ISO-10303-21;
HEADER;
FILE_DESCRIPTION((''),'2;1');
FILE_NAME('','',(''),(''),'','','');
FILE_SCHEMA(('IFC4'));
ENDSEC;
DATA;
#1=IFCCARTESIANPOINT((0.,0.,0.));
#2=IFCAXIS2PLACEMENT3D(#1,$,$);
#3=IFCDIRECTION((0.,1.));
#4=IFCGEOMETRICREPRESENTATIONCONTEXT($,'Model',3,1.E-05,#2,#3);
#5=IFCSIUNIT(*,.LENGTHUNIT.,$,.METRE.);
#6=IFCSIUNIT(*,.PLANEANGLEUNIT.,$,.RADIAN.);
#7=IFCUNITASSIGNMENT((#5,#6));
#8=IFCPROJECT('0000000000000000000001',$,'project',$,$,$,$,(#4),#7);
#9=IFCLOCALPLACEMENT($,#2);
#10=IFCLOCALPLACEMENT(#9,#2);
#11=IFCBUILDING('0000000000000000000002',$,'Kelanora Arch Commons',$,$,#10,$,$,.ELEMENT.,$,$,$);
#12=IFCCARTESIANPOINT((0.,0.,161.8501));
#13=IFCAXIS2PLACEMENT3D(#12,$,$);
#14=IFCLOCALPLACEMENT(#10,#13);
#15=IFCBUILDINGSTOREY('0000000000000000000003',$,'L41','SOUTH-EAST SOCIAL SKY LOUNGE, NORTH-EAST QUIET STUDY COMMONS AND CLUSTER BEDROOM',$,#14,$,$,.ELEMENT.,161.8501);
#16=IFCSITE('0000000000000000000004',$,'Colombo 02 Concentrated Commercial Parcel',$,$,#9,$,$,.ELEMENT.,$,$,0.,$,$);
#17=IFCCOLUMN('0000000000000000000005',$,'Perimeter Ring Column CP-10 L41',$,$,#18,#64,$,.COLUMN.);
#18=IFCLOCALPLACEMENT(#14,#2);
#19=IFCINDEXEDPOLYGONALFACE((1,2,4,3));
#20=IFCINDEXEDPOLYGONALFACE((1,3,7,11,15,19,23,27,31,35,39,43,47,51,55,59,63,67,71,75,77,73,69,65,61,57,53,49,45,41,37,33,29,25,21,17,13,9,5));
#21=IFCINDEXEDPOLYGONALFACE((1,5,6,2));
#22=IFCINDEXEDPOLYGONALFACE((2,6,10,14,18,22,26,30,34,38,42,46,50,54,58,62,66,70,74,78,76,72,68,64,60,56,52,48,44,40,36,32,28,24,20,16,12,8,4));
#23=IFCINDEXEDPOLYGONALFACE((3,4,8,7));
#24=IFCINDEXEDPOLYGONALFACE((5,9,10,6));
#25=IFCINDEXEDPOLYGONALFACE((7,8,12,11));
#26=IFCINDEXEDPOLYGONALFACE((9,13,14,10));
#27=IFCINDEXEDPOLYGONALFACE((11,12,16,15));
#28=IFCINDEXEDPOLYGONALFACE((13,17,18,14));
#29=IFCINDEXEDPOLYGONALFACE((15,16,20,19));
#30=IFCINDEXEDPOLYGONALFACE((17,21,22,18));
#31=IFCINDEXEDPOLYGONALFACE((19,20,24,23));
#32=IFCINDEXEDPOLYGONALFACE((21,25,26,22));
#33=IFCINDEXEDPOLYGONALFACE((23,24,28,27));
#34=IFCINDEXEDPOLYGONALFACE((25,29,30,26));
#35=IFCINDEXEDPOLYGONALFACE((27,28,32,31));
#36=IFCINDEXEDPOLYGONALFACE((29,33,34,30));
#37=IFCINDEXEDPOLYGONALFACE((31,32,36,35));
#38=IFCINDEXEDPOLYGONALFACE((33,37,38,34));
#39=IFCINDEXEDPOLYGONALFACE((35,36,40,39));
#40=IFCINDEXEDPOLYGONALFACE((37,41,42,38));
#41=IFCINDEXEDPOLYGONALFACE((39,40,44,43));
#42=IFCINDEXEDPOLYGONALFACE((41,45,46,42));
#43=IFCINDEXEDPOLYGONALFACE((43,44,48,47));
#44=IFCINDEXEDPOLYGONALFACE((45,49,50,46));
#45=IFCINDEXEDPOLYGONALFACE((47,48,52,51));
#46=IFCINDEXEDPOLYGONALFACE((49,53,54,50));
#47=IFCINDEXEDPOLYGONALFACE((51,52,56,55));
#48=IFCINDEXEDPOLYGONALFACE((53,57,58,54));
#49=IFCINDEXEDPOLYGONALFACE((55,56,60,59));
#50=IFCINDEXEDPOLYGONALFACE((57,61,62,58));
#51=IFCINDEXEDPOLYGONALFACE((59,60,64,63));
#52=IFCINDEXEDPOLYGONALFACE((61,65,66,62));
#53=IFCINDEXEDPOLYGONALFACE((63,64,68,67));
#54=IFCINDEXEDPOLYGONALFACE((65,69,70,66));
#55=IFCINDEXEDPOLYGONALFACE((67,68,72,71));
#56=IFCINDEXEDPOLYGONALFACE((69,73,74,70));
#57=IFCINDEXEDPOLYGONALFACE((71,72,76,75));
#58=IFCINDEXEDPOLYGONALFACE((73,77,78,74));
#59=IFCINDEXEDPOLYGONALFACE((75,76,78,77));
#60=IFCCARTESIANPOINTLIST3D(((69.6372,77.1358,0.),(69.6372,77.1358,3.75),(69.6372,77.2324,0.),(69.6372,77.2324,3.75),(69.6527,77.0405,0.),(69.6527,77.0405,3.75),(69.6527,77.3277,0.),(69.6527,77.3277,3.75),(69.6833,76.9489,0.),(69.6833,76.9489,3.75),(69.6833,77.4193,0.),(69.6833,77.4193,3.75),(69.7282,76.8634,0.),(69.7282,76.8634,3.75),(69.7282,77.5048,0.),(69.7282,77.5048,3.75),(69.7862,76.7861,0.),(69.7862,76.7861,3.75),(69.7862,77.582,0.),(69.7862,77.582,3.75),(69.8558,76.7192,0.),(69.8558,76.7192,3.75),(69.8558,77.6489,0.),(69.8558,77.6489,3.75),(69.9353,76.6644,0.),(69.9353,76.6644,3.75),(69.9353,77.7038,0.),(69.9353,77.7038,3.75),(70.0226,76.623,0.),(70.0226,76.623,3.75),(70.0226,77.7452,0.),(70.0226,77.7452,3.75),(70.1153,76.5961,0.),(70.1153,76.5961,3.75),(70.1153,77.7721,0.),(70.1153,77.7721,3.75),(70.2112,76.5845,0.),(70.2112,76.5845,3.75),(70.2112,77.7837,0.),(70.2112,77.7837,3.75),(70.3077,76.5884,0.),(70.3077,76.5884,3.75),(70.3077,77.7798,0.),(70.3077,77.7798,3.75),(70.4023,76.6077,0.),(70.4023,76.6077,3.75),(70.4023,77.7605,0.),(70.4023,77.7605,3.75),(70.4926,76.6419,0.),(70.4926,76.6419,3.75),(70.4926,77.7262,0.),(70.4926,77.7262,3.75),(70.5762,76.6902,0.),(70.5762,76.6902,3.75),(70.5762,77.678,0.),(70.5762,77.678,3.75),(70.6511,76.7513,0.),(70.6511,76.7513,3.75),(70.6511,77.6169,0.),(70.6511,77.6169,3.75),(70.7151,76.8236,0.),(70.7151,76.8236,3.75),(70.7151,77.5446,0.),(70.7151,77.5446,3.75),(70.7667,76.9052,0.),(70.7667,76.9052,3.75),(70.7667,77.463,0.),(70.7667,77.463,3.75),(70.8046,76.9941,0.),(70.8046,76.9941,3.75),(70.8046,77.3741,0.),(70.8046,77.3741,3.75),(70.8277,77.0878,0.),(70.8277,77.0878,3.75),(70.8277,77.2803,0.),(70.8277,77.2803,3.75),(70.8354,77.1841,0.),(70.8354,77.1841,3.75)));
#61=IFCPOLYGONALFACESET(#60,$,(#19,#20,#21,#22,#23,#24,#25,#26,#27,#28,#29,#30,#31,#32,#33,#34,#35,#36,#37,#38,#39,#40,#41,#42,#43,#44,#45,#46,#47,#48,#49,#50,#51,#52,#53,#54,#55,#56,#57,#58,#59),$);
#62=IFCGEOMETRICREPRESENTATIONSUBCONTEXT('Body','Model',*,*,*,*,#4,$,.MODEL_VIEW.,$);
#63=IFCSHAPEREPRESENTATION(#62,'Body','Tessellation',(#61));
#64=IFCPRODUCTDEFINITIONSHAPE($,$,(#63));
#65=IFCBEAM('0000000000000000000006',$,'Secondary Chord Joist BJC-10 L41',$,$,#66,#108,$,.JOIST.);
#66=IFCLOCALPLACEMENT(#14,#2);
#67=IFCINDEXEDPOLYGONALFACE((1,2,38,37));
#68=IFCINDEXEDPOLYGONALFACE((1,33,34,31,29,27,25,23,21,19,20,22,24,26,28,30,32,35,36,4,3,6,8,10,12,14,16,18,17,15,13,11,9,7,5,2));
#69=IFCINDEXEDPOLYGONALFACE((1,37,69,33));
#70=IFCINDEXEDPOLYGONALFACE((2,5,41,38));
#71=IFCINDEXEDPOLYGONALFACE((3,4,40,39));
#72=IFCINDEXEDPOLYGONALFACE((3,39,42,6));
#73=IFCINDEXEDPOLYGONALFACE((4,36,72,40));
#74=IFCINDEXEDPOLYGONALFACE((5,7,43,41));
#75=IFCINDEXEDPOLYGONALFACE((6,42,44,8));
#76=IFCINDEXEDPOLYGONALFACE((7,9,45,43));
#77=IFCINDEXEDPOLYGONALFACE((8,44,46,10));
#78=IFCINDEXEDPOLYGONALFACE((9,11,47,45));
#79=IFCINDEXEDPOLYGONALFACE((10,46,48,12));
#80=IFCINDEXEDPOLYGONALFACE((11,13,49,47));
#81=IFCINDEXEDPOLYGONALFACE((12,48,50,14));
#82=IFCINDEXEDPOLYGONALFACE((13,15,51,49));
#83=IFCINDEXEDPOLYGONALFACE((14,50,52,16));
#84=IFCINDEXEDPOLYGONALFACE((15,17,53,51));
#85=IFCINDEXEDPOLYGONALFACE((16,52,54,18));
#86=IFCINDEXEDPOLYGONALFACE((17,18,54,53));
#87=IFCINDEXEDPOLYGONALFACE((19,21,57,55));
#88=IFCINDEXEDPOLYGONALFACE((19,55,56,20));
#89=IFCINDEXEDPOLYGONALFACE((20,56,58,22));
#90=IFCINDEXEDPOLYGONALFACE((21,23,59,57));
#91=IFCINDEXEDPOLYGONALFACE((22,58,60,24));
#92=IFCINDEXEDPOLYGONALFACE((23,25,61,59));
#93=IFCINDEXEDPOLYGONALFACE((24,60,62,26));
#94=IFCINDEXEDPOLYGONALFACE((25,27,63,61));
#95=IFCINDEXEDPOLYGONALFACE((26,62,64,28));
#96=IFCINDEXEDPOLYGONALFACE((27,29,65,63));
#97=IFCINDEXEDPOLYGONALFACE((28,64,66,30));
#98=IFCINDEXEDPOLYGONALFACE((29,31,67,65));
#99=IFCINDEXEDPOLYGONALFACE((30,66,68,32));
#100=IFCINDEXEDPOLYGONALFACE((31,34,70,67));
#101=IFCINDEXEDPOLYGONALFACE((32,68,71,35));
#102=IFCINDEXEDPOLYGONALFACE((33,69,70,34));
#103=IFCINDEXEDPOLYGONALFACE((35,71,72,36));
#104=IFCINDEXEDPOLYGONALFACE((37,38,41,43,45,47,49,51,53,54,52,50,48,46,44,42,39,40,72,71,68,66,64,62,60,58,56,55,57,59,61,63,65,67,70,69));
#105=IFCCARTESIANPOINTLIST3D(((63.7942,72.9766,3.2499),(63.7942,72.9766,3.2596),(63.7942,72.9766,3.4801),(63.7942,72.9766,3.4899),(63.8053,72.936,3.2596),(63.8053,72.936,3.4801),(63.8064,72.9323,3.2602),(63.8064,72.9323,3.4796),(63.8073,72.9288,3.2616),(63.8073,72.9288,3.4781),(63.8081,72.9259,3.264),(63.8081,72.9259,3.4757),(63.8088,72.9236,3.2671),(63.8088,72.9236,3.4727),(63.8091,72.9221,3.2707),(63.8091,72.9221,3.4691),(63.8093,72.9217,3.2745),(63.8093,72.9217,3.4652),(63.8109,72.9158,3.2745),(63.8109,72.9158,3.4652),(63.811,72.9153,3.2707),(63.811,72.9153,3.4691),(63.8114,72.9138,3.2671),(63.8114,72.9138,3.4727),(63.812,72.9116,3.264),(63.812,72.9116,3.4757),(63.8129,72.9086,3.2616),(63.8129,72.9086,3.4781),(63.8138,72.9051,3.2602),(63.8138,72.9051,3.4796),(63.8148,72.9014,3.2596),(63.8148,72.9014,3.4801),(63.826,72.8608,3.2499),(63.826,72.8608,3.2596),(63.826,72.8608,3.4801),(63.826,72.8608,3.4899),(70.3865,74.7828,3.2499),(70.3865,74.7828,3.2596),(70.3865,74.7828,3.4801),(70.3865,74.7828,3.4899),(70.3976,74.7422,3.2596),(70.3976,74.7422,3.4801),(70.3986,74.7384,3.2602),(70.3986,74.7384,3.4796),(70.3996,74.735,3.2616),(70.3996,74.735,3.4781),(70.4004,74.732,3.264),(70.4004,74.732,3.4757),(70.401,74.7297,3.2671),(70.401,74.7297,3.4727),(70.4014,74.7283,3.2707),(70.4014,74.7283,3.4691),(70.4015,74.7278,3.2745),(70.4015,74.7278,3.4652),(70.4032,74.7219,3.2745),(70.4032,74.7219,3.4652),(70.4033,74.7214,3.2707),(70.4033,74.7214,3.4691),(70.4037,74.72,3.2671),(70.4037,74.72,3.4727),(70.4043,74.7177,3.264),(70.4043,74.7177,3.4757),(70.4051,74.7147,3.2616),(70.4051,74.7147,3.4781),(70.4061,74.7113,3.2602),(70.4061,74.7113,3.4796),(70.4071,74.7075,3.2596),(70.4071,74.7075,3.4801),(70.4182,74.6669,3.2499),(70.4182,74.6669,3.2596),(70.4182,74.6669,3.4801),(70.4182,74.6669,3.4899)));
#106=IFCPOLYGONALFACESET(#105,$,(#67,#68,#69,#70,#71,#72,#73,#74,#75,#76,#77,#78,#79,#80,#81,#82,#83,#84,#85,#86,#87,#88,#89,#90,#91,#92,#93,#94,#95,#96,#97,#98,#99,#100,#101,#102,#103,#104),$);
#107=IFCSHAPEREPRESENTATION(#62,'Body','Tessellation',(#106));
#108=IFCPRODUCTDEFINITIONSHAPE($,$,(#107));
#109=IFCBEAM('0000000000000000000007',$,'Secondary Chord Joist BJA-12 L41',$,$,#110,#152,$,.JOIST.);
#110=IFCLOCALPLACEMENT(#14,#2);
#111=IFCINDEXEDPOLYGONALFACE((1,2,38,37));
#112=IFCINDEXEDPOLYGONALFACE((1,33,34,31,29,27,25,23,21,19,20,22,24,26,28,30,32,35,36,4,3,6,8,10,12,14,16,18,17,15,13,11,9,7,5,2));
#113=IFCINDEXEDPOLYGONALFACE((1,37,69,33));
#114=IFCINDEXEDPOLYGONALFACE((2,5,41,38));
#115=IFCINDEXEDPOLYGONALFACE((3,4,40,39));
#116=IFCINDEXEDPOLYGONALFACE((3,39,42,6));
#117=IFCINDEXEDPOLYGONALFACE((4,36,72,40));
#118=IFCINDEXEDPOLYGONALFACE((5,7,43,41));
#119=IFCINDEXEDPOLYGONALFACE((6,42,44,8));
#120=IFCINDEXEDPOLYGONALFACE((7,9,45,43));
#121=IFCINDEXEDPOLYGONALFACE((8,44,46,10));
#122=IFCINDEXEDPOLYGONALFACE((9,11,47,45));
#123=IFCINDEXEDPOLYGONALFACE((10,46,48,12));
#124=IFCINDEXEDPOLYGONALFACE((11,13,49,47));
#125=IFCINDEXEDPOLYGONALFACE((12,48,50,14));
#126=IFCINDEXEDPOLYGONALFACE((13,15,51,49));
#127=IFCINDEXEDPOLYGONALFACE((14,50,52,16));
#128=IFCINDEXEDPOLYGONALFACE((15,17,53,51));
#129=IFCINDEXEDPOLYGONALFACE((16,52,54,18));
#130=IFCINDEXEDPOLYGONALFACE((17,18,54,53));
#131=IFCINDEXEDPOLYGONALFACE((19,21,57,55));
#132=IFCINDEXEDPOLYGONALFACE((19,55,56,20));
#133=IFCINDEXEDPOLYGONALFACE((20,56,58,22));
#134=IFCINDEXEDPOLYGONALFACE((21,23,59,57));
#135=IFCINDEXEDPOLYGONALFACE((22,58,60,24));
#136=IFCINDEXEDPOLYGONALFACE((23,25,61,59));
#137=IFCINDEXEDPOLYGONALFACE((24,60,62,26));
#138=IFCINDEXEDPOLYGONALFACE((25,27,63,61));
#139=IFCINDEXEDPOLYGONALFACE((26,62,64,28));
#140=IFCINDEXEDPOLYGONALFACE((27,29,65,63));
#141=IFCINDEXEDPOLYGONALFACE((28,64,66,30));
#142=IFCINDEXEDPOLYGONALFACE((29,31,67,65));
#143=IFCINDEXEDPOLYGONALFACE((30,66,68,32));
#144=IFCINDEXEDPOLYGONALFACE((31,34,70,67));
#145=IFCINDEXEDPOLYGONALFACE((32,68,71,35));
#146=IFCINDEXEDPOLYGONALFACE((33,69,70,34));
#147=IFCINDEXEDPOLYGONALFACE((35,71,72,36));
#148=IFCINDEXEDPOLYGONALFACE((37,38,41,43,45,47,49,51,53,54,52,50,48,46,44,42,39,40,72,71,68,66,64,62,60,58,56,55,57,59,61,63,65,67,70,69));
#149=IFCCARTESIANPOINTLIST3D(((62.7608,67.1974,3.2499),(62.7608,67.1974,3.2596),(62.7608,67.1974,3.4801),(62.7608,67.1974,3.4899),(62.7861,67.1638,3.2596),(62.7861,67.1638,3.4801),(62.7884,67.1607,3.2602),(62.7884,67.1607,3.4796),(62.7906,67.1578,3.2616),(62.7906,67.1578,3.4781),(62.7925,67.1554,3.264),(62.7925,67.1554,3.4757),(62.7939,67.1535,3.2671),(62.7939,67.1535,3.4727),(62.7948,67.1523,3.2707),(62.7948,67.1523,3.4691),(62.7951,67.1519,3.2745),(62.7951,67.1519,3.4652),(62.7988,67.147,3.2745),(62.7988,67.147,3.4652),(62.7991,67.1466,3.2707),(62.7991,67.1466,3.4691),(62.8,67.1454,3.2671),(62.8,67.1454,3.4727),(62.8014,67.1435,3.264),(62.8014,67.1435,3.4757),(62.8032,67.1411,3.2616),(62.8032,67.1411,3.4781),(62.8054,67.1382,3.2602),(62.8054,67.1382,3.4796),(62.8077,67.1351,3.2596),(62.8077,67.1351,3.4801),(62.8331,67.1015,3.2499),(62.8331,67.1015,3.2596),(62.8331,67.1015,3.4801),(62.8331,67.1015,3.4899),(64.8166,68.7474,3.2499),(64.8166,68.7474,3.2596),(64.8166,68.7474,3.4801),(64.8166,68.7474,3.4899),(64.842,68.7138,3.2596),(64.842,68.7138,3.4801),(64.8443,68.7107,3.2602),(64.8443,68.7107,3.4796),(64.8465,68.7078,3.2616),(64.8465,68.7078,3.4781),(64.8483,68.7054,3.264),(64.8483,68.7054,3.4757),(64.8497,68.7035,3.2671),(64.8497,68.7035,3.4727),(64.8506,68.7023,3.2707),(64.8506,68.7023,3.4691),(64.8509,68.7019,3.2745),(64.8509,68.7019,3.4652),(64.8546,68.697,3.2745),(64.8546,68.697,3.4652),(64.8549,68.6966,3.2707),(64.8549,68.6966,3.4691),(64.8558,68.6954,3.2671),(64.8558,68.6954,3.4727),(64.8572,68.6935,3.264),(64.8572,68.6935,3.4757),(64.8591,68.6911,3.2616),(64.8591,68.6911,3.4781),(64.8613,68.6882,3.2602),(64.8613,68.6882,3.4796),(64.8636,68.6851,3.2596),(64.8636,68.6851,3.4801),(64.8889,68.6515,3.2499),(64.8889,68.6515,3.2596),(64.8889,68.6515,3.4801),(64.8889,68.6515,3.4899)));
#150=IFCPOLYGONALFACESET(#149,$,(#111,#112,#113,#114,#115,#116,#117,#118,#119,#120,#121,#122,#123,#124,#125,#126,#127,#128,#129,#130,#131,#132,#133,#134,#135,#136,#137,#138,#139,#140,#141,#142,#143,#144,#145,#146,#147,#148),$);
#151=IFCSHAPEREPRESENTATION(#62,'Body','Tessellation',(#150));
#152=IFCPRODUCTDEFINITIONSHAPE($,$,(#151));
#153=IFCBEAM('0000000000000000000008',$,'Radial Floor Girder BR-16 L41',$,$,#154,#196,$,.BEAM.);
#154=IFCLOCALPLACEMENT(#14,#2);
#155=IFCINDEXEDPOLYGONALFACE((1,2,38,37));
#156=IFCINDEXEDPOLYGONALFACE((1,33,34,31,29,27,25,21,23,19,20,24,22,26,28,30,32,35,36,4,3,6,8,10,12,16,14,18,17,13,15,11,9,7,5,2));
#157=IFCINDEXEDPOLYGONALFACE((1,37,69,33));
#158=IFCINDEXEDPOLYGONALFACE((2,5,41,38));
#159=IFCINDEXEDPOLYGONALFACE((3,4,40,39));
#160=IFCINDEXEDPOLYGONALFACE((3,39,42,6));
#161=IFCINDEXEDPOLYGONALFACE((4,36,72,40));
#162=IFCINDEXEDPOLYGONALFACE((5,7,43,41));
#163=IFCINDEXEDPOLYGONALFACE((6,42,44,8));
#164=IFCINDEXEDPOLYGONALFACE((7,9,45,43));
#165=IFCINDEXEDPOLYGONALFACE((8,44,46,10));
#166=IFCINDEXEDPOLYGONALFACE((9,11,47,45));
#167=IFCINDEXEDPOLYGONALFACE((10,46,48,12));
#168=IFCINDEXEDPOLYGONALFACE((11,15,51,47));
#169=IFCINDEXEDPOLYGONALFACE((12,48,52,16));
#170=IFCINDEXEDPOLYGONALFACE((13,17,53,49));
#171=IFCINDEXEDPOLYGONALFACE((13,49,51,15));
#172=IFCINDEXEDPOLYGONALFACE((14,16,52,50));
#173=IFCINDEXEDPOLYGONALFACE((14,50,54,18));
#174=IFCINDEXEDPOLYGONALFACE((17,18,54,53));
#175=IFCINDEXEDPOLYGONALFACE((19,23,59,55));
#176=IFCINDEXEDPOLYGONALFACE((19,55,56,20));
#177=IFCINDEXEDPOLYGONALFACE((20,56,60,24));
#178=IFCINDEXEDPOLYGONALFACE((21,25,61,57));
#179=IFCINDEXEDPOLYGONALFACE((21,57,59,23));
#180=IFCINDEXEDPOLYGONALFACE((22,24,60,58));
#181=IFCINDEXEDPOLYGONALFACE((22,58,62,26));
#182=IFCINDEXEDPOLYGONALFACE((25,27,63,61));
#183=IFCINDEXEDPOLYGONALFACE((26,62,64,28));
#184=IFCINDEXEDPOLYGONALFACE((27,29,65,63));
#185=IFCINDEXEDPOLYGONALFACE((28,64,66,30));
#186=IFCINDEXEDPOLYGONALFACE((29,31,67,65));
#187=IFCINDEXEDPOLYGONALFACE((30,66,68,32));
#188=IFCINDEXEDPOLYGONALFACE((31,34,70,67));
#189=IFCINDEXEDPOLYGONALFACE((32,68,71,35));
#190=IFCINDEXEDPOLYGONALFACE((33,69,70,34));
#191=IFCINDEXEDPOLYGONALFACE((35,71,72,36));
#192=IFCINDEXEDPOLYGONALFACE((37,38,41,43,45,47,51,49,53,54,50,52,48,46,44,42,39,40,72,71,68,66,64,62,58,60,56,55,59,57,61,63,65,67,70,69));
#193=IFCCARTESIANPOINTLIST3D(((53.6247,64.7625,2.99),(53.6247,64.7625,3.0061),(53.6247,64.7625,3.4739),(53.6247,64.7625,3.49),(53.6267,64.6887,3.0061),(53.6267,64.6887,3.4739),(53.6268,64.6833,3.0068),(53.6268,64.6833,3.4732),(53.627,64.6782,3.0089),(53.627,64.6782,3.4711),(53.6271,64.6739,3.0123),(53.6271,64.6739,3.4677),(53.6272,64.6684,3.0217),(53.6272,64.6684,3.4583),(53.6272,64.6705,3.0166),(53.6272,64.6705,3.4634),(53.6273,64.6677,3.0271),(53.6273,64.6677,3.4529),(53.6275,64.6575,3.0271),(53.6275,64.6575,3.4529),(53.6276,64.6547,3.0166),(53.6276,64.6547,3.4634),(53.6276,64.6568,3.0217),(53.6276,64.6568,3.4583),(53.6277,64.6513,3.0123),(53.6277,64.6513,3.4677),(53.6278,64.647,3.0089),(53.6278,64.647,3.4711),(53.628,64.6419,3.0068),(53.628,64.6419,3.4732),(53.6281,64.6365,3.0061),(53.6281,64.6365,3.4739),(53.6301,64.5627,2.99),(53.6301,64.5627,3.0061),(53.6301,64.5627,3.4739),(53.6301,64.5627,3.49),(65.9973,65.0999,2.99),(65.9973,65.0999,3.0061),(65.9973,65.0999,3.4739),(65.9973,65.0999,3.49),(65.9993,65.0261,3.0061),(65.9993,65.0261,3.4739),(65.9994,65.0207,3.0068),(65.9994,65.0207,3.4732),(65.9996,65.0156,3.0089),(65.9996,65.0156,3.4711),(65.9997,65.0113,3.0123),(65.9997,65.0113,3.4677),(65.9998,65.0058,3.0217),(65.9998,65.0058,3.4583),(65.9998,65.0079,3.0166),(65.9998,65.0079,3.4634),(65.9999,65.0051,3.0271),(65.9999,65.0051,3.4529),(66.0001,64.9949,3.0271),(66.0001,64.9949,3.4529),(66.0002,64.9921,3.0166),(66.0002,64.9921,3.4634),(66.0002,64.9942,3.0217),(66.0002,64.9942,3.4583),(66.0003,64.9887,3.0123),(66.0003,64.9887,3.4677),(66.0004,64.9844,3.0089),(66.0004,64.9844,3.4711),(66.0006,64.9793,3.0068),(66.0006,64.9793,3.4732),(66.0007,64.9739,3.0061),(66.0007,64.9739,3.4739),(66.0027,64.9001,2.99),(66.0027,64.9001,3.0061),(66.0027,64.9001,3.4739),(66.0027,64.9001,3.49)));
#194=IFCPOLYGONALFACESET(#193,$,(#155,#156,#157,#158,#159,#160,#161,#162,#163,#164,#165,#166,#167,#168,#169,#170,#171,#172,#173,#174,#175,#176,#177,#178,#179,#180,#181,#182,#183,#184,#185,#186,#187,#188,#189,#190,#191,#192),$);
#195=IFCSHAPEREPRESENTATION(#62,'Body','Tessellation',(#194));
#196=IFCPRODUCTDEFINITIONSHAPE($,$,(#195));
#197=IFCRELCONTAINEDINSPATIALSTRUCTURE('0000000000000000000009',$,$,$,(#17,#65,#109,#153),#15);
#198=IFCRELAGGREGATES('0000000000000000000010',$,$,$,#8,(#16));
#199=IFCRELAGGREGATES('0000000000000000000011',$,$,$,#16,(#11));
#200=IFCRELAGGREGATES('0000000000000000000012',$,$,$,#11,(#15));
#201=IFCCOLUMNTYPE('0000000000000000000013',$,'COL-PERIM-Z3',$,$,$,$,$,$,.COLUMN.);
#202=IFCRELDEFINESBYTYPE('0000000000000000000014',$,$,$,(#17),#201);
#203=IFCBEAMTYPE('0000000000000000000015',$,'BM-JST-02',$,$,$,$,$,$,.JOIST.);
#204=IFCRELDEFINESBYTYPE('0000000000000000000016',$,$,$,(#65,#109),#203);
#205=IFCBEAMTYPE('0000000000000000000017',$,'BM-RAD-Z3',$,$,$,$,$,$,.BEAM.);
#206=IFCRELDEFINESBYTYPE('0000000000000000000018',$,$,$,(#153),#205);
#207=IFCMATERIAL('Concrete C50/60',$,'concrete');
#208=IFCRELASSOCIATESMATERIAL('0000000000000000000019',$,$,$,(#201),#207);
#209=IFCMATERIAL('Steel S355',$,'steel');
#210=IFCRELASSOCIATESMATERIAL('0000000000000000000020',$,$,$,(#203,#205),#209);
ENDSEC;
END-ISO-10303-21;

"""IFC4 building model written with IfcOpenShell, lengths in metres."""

from ifc_helpers import new_model, si_unit, direction, frame, origin, origin_2d, place, context, subcontext, project, spatial, circle, i_section, extrude, material, material_profile, profile_set, type_object, element, save


model = new_model("IFC4")

# Units and contexts
model_context = context("Model", 3, precision=1e-05, world=origin(), true_north=direction((0.0, 1.0)))
body_context = subcontext(model_context, "Body", "Model", "MODEL_VIEW")
ifc_project = project(units=[si_unit("LENGTHUNIT", "METRE"), si_unit("PLANEANGLEUNIT", "RADIAN")], contexts=[model_context])

# Site, building, storey
site_placement = place(None, origin())
site = spatial("IfcSite", under=ifc_project, at=site_placement, Name="Colombo 02 Concentrated Commercial Parcel", CompositionType="ELEMENT", RefElevation=0.0)
building_placement = place(site_placement, origin())
building = spatial("IfcBuilding", under=site, at=building_placement, Name="Kelanora Arch Commons", CompositionType="ELEMENT")
storey_placement = place(building_placement, frame((0.0, 0.0, 161.8501)))
storey = spatial("IfcBuildingStorey", under=building, at=storey_placement, Name="L41", Description="SOUTH-EAST SOCIAL SKY LOUNGE, NORTH-EAST QUIET STUDY COMMONS AND CLUSTER BEDROOM", CompositionType="ELEMENT", Elevation=161.8501)

# Column
ifc_material_1 = material(Name="Concrete C50/60", Category="concrete")
ifc_material_profile_1 = material_profile(ifc_material_1, circle(Radius=0.6001, at=origin_2d()), Name="RCC1200")
ifc_profile_set_1 = profile_set([ifc_material_profile_1], Name="Concrete C50/60")
column_type = type_object("IfcColumnType", Name="COL-PERIM-Z3", PredefinedType="COLUMN", material=ifc_profile_set_1)
column_placement = place(storey_placement, frame((70.2354, 77.1841, 0.0), z_axis=(0.0, 0.0, 1.0), x_axis=(1.0, 0.0, 0.0)))
element("IfcColumn", 1, at=column_placement, inside=storey, type_object=column_type, Name="Perimeter Ring Column CP-10 L41", PredefinedType="COLUMN", context=body_context, shape_type="SweptSolid", body=[
    extrude(circle(Radius=0.6001, at=origin_2d()), origin(), (0.0, 0.0, 1.0), 3.75),
])

# Beams
ifc_material_2 = material(Name="Steel S355", Category="steel")
ifc_material_profile_2 = material_profile(ifc_material_2, i_section(OverallWidth=0.1201, OverallDepth=0.24, WebThickness=0.0061, FlangeThickness=0.0098, FilletRadius=0.0149, at=origin_2d()), Name="IPE240")
ifc_profile_set_2 = profile_set([ifc_material_profile_2], Name="Steel S355")
beam_type_1 = type_object("IfcBeamType", Name="BM-JST-02", PredefinedType="JOIST", material=ifc_profile_set_2)
beam_1_placement = place(storey_placement, frame((70.4023, 74.7249, 3.3699), z_axis=(-0.964457, -0.264242, 0.0), x_axis=(0.264242, -0.964457, 0.0)))
element("IfcBeam", 2, at=beam_1_placement, inside=storey, type_object=beam_type_1, Name="Secondary Chord Joist BJC-10 L41", PredefinedType="JOIST", context=body_context, shape_type="SweptSolid", body=[
    extrude(i_section(OverallWidth=0.1201, OverallDepth=0.24, WebThickness=0.0061, FlangeThickness=0.0098, FilletRadius=0.0149, at=origin_2d()), origin(), (0.0, 0.0, 1.0), 6.8352),
])
beam_2_placement = place(storey_placement, frame((64.8528, 68.6995, 3.3699), z_axis=(-0.798484, -0.602016, 0.0), x_axis=(0.602016, -0.798484, 0.0)))
element("IfcBeam", 3, at=beam_2_placement, inside=storey, type_object=beam_type_1, Name="Secondary Chord Joist BJA-12 L41", PredefinedType="JOIST", context=body_context, shape_type="SweptSolid", body=[
    extrude(i_section(OverallWidth=0.1201, OverallDepth=0.24, WebThickness=0.0061, FlangeThickness=0.0098, FilletRadius=0.0149, at=origin_2d()), origin(), (0.0, 0.0, 1.0), 2.5747),
])
ifc_material_profile_3 = material_profile(ifc_material_2, i_section(OverallWidth=0.2, OverallDepth=0.5, WebThickness=0.0103, FlangeThickness=0.0161, FilletRadius=0.021, at=origin_2d()), Name="IPE500")
ifc_profile_set_3 = profile_set([ifc_material_profile_3], Name="Steel S355")
beam_type_2 = type_object("IfcBeamType", Name="BM-RAD-Z3", PredefinedType="BEAM", material=ifc_profile_set_3)
beam_3_placement = place(storey_placement, frame((66.0, 65.0, 3.24), z_axis=(-0.999628, -0.02726, 0.0), x_axis=(0.02726, -0.999628, 0.0)))
element("IfcBeam", 4, at=beam_3_placement, inside=storey, type_object=beam_type_2, Name="Radial Floor Girder BR-16 L41", PredefinedType="BEAM", context=body_context, shape_type="SweptSolid", body=[
    extrude(i_section(OverallWidth=0.2, OverallDepth=0.5, WebThickness=0.0103, FlangeThickness=0.0161, FilletRadius=0.021, at=origin_2d()), origin(), (0.0, 0.0, 1.0), 12.3772),
])

save(model, "model.ifc")
